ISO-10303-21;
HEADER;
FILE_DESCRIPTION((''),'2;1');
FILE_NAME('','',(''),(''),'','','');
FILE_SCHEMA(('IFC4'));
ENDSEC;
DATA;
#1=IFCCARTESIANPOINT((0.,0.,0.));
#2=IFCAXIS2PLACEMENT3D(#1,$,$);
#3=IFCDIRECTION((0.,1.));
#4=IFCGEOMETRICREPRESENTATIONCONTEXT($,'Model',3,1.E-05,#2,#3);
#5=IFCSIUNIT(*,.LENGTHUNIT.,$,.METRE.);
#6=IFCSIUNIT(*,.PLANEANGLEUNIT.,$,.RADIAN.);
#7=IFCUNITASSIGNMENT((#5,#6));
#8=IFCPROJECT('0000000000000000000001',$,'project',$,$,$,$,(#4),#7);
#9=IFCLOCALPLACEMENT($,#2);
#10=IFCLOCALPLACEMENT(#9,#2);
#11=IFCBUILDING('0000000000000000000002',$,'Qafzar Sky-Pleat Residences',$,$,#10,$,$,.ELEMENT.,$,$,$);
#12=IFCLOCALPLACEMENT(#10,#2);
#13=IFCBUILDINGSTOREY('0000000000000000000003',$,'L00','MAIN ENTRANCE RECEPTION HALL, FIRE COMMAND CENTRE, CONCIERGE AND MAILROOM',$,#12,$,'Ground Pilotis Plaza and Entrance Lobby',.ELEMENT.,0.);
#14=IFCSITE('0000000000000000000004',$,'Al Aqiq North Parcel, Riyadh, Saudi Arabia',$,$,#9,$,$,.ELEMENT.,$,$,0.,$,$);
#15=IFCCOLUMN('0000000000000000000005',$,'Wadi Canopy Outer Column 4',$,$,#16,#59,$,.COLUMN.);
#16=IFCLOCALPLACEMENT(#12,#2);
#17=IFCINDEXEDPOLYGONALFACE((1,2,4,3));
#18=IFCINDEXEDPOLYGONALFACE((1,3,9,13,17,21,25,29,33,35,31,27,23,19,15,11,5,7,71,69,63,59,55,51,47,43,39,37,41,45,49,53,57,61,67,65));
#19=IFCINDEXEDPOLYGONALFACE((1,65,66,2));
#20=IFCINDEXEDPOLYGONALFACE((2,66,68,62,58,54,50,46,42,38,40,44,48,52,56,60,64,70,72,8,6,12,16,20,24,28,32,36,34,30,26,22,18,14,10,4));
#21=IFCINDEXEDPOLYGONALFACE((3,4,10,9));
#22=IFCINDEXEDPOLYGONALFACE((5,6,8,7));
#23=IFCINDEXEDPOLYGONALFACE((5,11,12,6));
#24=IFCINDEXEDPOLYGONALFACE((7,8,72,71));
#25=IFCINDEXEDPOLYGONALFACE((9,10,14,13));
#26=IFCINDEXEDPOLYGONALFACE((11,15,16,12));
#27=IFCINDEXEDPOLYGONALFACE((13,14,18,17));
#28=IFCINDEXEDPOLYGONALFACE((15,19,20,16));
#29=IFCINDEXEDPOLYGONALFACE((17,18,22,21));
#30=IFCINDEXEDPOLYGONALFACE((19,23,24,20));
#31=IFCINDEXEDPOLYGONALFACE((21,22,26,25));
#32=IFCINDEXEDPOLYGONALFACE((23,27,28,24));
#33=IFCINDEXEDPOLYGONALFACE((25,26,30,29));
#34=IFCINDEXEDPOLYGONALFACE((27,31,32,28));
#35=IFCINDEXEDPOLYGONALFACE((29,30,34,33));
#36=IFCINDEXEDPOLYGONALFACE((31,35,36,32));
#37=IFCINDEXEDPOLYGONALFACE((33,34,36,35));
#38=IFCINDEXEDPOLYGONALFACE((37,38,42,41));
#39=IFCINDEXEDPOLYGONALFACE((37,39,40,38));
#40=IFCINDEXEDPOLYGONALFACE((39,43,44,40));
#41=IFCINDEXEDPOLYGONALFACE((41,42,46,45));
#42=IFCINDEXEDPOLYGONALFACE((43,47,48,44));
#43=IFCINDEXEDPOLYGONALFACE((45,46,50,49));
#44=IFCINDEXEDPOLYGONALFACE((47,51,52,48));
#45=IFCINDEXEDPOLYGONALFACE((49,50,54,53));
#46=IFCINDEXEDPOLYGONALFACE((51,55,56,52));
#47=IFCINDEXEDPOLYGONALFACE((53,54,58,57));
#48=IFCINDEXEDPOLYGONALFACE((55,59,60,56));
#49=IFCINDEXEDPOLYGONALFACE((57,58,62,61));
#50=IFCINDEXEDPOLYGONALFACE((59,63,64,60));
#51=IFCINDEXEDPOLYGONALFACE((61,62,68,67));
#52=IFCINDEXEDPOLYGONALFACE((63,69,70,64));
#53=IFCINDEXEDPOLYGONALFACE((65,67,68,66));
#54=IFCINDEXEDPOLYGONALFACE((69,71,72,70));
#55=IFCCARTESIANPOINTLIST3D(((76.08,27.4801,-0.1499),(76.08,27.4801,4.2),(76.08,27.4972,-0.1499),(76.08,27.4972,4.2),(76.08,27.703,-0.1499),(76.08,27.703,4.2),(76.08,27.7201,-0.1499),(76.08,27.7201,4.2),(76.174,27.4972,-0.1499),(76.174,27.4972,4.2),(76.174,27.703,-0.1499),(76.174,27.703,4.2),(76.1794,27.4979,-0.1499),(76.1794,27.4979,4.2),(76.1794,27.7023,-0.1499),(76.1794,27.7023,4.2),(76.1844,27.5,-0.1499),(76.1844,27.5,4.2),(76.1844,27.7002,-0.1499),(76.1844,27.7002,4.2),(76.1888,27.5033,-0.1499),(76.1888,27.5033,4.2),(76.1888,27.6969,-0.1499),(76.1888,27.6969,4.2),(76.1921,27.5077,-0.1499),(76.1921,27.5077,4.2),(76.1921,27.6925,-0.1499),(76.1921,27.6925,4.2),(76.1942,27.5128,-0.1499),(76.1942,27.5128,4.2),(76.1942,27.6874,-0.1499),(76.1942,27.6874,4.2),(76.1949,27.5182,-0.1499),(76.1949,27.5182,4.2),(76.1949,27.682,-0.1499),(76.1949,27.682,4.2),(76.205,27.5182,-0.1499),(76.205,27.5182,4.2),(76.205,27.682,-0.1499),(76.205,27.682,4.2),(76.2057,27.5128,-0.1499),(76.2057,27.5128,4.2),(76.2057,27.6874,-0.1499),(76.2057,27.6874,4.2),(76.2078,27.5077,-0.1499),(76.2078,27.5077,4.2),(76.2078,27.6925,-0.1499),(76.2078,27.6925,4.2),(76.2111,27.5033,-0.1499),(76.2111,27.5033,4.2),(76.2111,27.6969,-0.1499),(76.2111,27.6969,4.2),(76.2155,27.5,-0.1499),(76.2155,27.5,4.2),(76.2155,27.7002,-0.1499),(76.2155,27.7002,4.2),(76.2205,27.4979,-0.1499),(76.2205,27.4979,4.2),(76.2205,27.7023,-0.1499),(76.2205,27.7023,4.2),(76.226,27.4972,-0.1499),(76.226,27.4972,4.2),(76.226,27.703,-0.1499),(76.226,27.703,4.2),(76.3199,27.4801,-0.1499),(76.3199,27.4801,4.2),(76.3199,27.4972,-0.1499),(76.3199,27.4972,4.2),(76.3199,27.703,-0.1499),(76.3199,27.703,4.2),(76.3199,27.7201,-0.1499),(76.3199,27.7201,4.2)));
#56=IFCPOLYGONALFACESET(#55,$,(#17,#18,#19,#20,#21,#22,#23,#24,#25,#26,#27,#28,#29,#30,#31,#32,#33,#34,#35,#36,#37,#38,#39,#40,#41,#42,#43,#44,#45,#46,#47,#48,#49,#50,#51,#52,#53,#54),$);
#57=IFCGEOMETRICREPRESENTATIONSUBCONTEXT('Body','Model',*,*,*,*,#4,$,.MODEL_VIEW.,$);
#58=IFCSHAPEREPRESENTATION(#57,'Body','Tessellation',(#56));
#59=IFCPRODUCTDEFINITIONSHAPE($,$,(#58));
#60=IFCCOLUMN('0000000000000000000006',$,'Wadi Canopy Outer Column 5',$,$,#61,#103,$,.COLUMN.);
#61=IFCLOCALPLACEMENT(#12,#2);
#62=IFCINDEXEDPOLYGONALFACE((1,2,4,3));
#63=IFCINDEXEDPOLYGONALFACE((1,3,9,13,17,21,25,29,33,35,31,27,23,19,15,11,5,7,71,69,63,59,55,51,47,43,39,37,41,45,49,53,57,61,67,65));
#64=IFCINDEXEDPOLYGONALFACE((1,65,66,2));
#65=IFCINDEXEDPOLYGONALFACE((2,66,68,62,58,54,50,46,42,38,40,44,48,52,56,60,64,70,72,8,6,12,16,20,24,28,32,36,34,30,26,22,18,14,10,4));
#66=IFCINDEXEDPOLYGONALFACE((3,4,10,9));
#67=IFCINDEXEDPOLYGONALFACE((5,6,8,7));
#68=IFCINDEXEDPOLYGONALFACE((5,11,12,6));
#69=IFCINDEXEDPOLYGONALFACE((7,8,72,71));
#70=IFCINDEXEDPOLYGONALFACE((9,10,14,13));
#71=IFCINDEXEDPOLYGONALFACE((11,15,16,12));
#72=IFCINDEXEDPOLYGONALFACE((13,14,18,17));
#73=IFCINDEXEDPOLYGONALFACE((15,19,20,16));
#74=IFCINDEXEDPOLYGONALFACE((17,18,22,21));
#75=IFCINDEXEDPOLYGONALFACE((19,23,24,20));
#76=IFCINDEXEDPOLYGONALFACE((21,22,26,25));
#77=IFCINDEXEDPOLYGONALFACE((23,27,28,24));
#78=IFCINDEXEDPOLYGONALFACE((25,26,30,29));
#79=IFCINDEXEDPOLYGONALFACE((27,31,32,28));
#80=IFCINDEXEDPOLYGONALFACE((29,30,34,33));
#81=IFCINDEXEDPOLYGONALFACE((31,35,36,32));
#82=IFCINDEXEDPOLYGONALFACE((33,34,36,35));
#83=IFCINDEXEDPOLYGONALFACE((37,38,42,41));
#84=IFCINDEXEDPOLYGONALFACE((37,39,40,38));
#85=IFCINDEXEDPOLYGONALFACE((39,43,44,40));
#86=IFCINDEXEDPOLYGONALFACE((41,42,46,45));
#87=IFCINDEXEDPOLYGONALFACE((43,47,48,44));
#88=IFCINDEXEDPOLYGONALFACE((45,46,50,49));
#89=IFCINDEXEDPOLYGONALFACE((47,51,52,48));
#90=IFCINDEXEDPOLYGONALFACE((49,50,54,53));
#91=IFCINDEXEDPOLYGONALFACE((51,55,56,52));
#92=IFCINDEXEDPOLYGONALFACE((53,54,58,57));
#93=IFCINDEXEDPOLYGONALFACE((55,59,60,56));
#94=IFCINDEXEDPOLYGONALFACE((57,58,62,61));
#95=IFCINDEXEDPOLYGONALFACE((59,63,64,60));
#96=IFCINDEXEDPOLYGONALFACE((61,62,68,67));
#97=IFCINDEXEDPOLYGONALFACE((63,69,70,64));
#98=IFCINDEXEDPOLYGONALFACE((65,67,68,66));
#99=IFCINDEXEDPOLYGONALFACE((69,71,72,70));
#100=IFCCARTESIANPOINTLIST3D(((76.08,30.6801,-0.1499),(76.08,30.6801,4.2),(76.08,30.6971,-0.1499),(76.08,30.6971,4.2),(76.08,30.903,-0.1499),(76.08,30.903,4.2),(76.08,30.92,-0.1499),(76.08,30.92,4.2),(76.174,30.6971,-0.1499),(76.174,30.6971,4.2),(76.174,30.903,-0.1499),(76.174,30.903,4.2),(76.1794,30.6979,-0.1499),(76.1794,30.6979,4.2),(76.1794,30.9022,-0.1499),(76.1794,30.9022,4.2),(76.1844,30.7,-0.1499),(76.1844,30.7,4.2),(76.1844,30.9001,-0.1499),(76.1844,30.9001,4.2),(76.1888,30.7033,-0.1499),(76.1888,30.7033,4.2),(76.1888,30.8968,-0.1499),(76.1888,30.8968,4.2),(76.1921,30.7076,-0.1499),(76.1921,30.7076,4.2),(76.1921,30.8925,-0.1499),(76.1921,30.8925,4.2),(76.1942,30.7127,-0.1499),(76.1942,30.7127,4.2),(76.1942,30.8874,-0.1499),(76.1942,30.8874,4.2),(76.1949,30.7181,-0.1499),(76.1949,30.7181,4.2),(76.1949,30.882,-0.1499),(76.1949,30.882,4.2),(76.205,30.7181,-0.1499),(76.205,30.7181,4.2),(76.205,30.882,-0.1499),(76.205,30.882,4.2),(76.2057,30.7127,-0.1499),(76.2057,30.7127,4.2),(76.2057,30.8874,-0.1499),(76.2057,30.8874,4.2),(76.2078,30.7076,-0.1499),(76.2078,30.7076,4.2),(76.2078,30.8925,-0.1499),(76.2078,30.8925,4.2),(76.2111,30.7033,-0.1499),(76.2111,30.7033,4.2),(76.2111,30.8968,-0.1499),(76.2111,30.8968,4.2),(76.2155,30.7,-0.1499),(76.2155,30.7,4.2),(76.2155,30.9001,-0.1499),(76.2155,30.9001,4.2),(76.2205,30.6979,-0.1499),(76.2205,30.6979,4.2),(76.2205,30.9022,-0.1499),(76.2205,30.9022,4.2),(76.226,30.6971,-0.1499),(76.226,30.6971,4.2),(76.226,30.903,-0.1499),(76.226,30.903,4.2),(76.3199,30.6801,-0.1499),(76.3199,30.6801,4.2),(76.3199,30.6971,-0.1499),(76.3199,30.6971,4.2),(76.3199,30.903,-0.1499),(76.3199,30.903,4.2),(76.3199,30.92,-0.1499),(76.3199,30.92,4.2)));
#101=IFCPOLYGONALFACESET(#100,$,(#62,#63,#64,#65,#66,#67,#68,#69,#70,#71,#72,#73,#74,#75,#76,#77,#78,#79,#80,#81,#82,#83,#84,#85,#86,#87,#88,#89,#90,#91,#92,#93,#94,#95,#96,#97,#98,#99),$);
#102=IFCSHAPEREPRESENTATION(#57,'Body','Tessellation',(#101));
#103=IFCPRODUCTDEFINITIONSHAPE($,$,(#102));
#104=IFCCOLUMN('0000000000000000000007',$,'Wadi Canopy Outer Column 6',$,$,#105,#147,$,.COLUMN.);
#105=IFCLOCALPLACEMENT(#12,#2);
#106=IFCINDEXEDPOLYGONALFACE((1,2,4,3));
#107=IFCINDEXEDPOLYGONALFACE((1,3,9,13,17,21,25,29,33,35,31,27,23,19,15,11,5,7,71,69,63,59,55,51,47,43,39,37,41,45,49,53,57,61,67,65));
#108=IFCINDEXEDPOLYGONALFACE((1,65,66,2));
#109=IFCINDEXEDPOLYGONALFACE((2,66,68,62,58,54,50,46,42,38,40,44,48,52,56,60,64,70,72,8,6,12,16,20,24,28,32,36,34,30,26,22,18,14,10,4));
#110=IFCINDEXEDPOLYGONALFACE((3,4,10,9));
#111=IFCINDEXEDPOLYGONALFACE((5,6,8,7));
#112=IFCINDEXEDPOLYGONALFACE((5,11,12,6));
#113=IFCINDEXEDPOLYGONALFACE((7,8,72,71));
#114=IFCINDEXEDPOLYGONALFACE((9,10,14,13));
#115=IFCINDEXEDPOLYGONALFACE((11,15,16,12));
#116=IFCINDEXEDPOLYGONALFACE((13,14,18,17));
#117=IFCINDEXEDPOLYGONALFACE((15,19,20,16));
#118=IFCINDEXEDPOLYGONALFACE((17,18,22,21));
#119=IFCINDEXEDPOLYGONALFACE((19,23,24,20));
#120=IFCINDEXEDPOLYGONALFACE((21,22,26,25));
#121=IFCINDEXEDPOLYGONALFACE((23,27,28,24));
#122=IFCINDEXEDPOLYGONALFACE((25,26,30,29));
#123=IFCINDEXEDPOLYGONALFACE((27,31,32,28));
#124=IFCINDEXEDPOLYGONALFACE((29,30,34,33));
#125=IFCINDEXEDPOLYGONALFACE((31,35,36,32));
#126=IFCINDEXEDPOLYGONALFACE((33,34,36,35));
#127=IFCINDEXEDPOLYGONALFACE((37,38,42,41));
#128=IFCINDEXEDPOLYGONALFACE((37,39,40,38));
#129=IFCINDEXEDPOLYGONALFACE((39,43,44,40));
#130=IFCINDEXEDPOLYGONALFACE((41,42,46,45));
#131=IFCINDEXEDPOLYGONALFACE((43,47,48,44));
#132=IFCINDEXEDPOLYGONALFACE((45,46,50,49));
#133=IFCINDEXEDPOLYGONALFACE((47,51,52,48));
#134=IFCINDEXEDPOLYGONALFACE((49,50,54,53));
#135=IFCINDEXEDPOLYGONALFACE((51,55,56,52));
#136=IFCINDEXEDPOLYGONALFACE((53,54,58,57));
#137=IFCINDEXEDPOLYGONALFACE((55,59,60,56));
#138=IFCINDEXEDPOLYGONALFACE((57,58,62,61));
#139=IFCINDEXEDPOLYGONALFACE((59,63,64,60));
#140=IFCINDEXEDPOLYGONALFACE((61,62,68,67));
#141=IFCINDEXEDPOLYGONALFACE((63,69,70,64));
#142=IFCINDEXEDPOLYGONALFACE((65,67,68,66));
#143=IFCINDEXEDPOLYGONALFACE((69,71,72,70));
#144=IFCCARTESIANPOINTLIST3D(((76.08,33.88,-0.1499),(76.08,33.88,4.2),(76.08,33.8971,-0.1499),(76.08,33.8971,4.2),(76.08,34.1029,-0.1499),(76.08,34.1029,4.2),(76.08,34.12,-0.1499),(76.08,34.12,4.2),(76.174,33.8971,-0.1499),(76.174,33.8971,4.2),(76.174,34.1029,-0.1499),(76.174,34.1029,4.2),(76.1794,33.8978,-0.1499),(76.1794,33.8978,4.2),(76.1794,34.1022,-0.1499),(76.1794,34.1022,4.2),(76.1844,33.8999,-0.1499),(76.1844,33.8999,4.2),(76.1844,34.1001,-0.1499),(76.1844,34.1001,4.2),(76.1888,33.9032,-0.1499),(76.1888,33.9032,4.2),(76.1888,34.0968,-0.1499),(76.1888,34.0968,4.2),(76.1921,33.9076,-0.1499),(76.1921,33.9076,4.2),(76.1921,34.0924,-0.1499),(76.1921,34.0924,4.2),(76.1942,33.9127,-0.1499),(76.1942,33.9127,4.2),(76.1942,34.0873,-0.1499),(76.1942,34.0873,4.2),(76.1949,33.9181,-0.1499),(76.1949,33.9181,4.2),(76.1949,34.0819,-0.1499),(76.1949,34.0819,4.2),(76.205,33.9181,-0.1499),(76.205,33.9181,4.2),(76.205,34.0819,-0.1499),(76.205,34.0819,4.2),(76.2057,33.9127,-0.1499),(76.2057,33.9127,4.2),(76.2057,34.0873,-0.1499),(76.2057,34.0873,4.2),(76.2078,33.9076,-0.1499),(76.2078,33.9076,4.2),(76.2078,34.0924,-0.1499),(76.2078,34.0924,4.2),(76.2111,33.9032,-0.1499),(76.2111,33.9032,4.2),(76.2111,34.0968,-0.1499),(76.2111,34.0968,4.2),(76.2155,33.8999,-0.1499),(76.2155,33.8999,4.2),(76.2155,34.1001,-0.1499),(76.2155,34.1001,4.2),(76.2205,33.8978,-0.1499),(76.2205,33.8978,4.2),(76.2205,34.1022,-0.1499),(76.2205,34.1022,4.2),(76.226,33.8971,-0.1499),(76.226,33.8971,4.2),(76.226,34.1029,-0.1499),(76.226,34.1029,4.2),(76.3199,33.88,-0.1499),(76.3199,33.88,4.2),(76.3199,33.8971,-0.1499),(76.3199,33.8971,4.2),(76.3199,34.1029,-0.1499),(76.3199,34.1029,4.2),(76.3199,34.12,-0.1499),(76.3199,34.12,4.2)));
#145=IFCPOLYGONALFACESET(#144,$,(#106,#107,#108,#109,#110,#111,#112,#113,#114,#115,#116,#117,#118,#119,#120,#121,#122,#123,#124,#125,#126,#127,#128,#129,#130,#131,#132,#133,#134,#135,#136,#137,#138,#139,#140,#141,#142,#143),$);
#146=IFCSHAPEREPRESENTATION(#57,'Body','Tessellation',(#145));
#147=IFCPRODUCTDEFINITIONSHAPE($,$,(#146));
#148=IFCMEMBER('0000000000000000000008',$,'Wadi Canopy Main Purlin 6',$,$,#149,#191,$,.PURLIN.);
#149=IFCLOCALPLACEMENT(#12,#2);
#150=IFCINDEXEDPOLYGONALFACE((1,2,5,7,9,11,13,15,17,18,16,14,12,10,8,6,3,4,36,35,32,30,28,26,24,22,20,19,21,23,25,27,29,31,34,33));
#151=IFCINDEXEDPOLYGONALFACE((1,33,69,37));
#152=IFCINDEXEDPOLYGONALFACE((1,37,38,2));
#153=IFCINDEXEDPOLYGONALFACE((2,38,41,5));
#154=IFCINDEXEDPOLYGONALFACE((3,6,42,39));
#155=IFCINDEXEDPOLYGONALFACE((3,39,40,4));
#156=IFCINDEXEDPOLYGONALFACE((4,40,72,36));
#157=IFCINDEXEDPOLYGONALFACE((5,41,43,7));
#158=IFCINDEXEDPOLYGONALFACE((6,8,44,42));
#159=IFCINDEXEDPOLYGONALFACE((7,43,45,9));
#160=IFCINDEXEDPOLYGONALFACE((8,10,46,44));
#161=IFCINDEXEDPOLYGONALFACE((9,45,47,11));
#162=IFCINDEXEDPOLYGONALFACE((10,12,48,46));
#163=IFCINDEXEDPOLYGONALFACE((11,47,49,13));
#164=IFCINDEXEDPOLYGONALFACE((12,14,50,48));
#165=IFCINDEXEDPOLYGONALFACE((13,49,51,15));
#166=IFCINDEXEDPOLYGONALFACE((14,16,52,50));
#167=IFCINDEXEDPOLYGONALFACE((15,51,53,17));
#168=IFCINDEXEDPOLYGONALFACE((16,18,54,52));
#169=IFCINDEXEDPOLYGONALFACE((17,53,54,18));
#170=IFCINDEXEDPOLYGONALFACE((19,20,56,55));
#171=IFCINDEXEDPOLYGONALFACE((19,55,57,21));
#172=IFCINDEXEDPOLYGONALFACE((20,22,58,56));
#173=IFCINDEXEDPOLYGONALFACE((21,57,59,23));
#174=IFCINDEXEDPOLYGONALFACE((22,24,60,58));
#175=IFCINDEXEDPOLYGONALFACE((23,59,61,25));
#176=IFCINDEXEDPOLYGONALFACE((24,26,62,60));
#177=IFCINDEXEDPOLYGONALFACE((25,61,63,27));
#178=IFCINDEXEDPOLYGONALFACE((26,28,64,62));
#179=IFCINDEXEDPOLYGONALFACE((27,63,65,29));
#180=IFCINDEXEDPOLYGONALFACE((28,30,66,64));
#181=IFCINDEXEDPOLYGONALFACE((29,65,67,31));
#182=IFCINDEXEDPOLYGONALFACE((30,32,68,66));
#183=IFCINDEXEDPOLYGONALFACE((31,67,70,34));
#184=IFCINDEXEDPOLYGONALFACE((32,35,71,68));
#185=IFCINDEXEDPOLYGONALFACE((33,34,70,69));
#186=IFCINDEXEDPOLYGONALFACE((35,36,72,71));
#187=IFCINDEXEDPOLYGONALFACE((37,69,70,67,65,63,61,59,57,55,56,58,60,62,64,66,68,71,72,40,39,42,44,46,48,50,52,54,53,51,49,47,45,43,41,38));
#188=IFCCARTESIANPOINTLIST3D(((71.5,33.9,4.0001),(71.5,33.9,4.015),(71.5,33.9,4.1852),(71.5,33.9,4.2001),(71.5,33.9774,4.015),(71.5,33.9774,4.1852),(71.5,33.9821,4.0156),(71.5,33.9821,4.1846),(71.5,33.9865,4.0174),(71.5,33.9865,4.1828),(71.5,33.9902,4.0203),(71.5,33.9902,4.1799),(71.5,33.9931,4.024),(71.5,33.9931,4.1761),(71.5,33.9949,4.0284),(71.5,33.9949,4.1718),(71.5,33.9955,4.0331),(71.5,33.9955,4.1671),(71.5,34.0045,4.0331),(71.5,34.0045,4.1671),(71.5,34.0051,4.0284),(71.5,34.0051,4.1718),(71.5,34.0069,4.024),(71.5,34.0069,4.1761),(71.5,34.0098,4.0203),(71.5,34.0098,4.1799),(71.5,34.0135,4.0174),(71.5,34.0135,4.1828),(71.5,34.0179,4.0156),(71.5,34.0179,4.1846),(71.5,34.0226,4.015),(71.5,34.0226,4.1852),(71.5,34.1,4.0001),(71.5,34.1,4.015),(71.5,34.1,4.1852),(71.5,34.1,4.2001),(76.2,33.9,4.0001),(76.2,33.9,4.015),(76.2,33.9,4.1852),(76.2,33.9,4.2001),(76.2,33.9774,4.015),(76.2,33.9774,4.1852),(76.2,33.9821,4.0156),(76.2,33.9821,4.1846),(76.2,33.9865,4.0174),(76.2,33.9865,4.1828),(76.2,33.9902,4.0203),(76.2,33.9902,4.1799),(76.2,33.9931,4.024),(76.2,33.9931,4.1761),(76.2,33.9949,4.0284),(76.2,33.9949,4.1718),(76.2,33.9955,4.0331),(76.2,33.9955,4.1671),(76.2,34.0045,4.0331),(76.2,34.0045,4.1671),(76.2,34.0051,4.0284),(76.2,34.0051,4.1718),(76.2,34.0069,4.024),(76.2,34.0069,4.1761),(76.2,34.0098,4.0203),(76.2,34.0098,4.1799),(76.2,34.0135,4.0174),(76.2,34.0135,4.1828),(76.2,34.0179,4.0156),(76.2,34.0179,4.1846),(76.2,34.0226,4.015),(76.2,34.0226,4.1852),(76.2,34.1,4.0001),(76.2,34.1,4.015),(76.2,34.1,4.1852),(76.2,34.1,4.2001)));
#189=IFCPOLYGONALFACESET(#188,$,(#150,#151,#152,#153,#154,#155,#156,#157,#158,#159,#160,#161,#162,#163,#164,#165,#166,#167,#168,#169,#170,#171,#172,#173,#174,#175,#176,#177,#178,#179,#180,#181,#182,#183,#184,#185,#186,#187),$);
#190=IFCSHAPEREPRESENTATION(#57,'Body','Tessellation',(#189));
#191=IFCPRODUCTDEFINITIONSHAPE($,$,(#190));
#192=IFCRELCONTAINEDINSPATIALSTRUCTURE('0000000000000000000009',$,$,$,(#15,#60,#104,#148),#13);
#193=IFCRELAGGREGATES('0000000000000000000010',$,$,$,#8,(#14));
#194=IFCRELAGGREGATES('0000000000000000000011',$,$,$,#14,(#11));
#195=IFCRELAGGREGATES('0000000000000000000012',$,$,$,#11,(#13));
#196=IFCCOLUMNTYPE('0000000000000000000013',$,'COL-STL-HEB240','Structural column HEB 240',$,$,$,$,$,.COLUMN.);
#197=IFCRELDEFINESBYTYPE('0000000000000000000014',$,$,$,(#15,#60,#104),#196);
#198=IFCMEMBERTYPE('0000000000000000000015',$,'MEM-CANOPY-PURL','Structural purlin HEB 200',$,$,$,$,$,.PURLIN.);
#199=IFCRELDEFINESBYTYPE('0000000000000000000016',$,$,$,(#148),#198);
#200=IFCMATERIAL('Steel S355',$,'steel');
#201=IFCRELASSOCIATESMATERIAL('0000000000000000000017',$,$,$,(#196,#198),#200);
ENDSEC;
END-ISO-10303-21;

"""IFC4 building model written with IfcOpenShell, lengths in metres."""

from ifc_helpers import new_model, si_unit, direction, frame, origin, origin_2d, place, context, subcontext, project, spatial, i_section, extrude, source, transform, mapped, material, material_profile, profile_set, type_object, element, save


model = new_model("IFC4")

# Units and contexts
model_context = context("Model", 3, precision=1e-05, world=origin(), true_north=direction((0.0, 1.0)))
body_context = subcontext(model_context, "Body", "Model", "MODEL_VIEW")
ifc_project = project(units=[si_unit("LENGTHUNIT", "METRE"), si_unit("PLANEANGLEUNIT", "RADIAN")], contexts=[model_context])

# Site, building, storey
site_placement = place(None, origin())
site = spatial("IfcSite", under=ifc_project, at=site_placement, Name="Al Aqiq North Parcel, Riyadh, Saudi Arabia", CompositionType="ELEMENT", RefElevation=0.0)
building_placement = place(site_placement, origin())
building = spatial("IfcBuilding", under=site, at=building_placement, Name="Qafzar Sky-Pleat Residences", CompositionType="ELEMENT")
storey_placement = place(building_placement, origin())
storey = spatial("IfcBuildingStorey", under=building, at=storey_placement, Name="L00", Description="MAIN ENTRANCE RECEPTION HALL, FIRE COMMAND CENTRE, CONCIERGE AND MAILROOM", LongName="Ground Pilotis Plaza and Entrance Lobby", CompositionType="ELEMENT", Elevation=0.0)

# Columns
ifc_material_1 = material(Name="Steel S355", Category="steel")
ifc_material_profile_1 = material_profile(ifc_material_1, i_section(OverallWidth=0.24, OverallDepth=0.24, WebThickness=0.01, FlangeThickness=0.0171, FilletRadius=0.021, at=origin_2d()), Name="HEB 240")
ifc_profile_set_1 = profile_set([ifc_material_profile_1], Name="Steel S355")
column_type = type_object("IfcColumnType", Name="COL-STL-HEB240", Description="Structural column HEB 240", PredefinedType="COLUMN", material=ifc_profile_set_1)
shared_shape_1 = source(origin(), body_context, "Body", "SweptSolid", [
    extrude(i_section(OverallWidth=0.24, OverallDepth=0.24, WebThickness=0.01, FlangeThickness=0.0171, FilletRadius=0.021, at=origin_2d()), origin(), (0.0, 0.0, 1.0), 4.3499),
])
for number, where, z_axis, x_axis, name in (
    (1, (76.2, 27.6001, -0.1499), (0.0, 0.0, 1.0), (1.0, 0.0, 0.0), "Wadi Canopy Outer Column 4"),
    (2, (76.2, 30.8, -0.1499), (0.0, 0.0, 1.0), (1.0, 0.0, 0.0), "Wadi Canopy Outer Column 5"),
    (3, (76.2, 34.0, -0.1499), (0.0, 0.0, 1.0), (1.0, 0.0, 0.0), "Wadi Canopy Outer Column 6"),
):
    element("IfcColumn", number, at=place(storey_placement, frame(where, z_axis=z_axis, x_axis=x_axis)), inside=storey, type_object=column_type, Name=name, PredefinedType="COLUMN", context=body_context, shape_type="MappedRepresentation", body=[
        mapped(shared_shape_1, transform((0.0, 0.0, 0.0), x_axis=(1.0, 0.0, 0.0), y_axis=(0.0, 1.0, 0.0), z_axis=(0.0, 0.0, 1.0), scale=1.0)),
    ])

# Member
ifc_material_profile_2 = material_profile(ifc_material_1, i_section(OverallWidth=0.2, OverallDepth=0.2, WebThickness=0.009, FlangeThickness=0.0149, FilletRadius=0.0181, at=origin_2d()), Name="HEB 200")
ifc_profile_set_2 = profile_set([ifc_material_profile_2], Name="Steel S355")
member_type_1 = type_object("IfcMemberType", Name="MEM-CANOPY-PURL", Description="Structural purlin HEB 200", PredefinedType="PURLIN", material=ifc_profile_set_2)
shared_shape_2 = source(origin(), body_context, "Body", "SweptSolid", [
    extrude(i_section(OverallWidth=0.2, OverallDepth=0.2, WebThickness=0.009, FlangeThickness=0.0149, FilletRadius=0.0181, at=origin_2d()), origin(), (0.0, 0.0, 1.0), 4.7),
])
member_1_placement = place(storey_placement, frame((71.5, 34.0, 4.1001), z_axis=(1.0, 0.0, 0.0), x_axis=(0.0, 1.0, 0.0)))
element("IfcMember", 4, at=member_1_placement, inside=storey, type_object=member_type_1, Name="Wadi Canopy Main Purlin 6", PredefinedType="PURLIN", context=body_context, shape_type="MappedRepresentation", body=[
    mapped(shared_shape_2, transform((0.0, 0.0, 0.0), x_axis=(1.0, 0.0, 0.0), y_axis=(0.0, 1.0, 0.0), z_axis=(0.0, 0.0, 1.0), scale=1.0)),
])

save(model, "model.ifc")
